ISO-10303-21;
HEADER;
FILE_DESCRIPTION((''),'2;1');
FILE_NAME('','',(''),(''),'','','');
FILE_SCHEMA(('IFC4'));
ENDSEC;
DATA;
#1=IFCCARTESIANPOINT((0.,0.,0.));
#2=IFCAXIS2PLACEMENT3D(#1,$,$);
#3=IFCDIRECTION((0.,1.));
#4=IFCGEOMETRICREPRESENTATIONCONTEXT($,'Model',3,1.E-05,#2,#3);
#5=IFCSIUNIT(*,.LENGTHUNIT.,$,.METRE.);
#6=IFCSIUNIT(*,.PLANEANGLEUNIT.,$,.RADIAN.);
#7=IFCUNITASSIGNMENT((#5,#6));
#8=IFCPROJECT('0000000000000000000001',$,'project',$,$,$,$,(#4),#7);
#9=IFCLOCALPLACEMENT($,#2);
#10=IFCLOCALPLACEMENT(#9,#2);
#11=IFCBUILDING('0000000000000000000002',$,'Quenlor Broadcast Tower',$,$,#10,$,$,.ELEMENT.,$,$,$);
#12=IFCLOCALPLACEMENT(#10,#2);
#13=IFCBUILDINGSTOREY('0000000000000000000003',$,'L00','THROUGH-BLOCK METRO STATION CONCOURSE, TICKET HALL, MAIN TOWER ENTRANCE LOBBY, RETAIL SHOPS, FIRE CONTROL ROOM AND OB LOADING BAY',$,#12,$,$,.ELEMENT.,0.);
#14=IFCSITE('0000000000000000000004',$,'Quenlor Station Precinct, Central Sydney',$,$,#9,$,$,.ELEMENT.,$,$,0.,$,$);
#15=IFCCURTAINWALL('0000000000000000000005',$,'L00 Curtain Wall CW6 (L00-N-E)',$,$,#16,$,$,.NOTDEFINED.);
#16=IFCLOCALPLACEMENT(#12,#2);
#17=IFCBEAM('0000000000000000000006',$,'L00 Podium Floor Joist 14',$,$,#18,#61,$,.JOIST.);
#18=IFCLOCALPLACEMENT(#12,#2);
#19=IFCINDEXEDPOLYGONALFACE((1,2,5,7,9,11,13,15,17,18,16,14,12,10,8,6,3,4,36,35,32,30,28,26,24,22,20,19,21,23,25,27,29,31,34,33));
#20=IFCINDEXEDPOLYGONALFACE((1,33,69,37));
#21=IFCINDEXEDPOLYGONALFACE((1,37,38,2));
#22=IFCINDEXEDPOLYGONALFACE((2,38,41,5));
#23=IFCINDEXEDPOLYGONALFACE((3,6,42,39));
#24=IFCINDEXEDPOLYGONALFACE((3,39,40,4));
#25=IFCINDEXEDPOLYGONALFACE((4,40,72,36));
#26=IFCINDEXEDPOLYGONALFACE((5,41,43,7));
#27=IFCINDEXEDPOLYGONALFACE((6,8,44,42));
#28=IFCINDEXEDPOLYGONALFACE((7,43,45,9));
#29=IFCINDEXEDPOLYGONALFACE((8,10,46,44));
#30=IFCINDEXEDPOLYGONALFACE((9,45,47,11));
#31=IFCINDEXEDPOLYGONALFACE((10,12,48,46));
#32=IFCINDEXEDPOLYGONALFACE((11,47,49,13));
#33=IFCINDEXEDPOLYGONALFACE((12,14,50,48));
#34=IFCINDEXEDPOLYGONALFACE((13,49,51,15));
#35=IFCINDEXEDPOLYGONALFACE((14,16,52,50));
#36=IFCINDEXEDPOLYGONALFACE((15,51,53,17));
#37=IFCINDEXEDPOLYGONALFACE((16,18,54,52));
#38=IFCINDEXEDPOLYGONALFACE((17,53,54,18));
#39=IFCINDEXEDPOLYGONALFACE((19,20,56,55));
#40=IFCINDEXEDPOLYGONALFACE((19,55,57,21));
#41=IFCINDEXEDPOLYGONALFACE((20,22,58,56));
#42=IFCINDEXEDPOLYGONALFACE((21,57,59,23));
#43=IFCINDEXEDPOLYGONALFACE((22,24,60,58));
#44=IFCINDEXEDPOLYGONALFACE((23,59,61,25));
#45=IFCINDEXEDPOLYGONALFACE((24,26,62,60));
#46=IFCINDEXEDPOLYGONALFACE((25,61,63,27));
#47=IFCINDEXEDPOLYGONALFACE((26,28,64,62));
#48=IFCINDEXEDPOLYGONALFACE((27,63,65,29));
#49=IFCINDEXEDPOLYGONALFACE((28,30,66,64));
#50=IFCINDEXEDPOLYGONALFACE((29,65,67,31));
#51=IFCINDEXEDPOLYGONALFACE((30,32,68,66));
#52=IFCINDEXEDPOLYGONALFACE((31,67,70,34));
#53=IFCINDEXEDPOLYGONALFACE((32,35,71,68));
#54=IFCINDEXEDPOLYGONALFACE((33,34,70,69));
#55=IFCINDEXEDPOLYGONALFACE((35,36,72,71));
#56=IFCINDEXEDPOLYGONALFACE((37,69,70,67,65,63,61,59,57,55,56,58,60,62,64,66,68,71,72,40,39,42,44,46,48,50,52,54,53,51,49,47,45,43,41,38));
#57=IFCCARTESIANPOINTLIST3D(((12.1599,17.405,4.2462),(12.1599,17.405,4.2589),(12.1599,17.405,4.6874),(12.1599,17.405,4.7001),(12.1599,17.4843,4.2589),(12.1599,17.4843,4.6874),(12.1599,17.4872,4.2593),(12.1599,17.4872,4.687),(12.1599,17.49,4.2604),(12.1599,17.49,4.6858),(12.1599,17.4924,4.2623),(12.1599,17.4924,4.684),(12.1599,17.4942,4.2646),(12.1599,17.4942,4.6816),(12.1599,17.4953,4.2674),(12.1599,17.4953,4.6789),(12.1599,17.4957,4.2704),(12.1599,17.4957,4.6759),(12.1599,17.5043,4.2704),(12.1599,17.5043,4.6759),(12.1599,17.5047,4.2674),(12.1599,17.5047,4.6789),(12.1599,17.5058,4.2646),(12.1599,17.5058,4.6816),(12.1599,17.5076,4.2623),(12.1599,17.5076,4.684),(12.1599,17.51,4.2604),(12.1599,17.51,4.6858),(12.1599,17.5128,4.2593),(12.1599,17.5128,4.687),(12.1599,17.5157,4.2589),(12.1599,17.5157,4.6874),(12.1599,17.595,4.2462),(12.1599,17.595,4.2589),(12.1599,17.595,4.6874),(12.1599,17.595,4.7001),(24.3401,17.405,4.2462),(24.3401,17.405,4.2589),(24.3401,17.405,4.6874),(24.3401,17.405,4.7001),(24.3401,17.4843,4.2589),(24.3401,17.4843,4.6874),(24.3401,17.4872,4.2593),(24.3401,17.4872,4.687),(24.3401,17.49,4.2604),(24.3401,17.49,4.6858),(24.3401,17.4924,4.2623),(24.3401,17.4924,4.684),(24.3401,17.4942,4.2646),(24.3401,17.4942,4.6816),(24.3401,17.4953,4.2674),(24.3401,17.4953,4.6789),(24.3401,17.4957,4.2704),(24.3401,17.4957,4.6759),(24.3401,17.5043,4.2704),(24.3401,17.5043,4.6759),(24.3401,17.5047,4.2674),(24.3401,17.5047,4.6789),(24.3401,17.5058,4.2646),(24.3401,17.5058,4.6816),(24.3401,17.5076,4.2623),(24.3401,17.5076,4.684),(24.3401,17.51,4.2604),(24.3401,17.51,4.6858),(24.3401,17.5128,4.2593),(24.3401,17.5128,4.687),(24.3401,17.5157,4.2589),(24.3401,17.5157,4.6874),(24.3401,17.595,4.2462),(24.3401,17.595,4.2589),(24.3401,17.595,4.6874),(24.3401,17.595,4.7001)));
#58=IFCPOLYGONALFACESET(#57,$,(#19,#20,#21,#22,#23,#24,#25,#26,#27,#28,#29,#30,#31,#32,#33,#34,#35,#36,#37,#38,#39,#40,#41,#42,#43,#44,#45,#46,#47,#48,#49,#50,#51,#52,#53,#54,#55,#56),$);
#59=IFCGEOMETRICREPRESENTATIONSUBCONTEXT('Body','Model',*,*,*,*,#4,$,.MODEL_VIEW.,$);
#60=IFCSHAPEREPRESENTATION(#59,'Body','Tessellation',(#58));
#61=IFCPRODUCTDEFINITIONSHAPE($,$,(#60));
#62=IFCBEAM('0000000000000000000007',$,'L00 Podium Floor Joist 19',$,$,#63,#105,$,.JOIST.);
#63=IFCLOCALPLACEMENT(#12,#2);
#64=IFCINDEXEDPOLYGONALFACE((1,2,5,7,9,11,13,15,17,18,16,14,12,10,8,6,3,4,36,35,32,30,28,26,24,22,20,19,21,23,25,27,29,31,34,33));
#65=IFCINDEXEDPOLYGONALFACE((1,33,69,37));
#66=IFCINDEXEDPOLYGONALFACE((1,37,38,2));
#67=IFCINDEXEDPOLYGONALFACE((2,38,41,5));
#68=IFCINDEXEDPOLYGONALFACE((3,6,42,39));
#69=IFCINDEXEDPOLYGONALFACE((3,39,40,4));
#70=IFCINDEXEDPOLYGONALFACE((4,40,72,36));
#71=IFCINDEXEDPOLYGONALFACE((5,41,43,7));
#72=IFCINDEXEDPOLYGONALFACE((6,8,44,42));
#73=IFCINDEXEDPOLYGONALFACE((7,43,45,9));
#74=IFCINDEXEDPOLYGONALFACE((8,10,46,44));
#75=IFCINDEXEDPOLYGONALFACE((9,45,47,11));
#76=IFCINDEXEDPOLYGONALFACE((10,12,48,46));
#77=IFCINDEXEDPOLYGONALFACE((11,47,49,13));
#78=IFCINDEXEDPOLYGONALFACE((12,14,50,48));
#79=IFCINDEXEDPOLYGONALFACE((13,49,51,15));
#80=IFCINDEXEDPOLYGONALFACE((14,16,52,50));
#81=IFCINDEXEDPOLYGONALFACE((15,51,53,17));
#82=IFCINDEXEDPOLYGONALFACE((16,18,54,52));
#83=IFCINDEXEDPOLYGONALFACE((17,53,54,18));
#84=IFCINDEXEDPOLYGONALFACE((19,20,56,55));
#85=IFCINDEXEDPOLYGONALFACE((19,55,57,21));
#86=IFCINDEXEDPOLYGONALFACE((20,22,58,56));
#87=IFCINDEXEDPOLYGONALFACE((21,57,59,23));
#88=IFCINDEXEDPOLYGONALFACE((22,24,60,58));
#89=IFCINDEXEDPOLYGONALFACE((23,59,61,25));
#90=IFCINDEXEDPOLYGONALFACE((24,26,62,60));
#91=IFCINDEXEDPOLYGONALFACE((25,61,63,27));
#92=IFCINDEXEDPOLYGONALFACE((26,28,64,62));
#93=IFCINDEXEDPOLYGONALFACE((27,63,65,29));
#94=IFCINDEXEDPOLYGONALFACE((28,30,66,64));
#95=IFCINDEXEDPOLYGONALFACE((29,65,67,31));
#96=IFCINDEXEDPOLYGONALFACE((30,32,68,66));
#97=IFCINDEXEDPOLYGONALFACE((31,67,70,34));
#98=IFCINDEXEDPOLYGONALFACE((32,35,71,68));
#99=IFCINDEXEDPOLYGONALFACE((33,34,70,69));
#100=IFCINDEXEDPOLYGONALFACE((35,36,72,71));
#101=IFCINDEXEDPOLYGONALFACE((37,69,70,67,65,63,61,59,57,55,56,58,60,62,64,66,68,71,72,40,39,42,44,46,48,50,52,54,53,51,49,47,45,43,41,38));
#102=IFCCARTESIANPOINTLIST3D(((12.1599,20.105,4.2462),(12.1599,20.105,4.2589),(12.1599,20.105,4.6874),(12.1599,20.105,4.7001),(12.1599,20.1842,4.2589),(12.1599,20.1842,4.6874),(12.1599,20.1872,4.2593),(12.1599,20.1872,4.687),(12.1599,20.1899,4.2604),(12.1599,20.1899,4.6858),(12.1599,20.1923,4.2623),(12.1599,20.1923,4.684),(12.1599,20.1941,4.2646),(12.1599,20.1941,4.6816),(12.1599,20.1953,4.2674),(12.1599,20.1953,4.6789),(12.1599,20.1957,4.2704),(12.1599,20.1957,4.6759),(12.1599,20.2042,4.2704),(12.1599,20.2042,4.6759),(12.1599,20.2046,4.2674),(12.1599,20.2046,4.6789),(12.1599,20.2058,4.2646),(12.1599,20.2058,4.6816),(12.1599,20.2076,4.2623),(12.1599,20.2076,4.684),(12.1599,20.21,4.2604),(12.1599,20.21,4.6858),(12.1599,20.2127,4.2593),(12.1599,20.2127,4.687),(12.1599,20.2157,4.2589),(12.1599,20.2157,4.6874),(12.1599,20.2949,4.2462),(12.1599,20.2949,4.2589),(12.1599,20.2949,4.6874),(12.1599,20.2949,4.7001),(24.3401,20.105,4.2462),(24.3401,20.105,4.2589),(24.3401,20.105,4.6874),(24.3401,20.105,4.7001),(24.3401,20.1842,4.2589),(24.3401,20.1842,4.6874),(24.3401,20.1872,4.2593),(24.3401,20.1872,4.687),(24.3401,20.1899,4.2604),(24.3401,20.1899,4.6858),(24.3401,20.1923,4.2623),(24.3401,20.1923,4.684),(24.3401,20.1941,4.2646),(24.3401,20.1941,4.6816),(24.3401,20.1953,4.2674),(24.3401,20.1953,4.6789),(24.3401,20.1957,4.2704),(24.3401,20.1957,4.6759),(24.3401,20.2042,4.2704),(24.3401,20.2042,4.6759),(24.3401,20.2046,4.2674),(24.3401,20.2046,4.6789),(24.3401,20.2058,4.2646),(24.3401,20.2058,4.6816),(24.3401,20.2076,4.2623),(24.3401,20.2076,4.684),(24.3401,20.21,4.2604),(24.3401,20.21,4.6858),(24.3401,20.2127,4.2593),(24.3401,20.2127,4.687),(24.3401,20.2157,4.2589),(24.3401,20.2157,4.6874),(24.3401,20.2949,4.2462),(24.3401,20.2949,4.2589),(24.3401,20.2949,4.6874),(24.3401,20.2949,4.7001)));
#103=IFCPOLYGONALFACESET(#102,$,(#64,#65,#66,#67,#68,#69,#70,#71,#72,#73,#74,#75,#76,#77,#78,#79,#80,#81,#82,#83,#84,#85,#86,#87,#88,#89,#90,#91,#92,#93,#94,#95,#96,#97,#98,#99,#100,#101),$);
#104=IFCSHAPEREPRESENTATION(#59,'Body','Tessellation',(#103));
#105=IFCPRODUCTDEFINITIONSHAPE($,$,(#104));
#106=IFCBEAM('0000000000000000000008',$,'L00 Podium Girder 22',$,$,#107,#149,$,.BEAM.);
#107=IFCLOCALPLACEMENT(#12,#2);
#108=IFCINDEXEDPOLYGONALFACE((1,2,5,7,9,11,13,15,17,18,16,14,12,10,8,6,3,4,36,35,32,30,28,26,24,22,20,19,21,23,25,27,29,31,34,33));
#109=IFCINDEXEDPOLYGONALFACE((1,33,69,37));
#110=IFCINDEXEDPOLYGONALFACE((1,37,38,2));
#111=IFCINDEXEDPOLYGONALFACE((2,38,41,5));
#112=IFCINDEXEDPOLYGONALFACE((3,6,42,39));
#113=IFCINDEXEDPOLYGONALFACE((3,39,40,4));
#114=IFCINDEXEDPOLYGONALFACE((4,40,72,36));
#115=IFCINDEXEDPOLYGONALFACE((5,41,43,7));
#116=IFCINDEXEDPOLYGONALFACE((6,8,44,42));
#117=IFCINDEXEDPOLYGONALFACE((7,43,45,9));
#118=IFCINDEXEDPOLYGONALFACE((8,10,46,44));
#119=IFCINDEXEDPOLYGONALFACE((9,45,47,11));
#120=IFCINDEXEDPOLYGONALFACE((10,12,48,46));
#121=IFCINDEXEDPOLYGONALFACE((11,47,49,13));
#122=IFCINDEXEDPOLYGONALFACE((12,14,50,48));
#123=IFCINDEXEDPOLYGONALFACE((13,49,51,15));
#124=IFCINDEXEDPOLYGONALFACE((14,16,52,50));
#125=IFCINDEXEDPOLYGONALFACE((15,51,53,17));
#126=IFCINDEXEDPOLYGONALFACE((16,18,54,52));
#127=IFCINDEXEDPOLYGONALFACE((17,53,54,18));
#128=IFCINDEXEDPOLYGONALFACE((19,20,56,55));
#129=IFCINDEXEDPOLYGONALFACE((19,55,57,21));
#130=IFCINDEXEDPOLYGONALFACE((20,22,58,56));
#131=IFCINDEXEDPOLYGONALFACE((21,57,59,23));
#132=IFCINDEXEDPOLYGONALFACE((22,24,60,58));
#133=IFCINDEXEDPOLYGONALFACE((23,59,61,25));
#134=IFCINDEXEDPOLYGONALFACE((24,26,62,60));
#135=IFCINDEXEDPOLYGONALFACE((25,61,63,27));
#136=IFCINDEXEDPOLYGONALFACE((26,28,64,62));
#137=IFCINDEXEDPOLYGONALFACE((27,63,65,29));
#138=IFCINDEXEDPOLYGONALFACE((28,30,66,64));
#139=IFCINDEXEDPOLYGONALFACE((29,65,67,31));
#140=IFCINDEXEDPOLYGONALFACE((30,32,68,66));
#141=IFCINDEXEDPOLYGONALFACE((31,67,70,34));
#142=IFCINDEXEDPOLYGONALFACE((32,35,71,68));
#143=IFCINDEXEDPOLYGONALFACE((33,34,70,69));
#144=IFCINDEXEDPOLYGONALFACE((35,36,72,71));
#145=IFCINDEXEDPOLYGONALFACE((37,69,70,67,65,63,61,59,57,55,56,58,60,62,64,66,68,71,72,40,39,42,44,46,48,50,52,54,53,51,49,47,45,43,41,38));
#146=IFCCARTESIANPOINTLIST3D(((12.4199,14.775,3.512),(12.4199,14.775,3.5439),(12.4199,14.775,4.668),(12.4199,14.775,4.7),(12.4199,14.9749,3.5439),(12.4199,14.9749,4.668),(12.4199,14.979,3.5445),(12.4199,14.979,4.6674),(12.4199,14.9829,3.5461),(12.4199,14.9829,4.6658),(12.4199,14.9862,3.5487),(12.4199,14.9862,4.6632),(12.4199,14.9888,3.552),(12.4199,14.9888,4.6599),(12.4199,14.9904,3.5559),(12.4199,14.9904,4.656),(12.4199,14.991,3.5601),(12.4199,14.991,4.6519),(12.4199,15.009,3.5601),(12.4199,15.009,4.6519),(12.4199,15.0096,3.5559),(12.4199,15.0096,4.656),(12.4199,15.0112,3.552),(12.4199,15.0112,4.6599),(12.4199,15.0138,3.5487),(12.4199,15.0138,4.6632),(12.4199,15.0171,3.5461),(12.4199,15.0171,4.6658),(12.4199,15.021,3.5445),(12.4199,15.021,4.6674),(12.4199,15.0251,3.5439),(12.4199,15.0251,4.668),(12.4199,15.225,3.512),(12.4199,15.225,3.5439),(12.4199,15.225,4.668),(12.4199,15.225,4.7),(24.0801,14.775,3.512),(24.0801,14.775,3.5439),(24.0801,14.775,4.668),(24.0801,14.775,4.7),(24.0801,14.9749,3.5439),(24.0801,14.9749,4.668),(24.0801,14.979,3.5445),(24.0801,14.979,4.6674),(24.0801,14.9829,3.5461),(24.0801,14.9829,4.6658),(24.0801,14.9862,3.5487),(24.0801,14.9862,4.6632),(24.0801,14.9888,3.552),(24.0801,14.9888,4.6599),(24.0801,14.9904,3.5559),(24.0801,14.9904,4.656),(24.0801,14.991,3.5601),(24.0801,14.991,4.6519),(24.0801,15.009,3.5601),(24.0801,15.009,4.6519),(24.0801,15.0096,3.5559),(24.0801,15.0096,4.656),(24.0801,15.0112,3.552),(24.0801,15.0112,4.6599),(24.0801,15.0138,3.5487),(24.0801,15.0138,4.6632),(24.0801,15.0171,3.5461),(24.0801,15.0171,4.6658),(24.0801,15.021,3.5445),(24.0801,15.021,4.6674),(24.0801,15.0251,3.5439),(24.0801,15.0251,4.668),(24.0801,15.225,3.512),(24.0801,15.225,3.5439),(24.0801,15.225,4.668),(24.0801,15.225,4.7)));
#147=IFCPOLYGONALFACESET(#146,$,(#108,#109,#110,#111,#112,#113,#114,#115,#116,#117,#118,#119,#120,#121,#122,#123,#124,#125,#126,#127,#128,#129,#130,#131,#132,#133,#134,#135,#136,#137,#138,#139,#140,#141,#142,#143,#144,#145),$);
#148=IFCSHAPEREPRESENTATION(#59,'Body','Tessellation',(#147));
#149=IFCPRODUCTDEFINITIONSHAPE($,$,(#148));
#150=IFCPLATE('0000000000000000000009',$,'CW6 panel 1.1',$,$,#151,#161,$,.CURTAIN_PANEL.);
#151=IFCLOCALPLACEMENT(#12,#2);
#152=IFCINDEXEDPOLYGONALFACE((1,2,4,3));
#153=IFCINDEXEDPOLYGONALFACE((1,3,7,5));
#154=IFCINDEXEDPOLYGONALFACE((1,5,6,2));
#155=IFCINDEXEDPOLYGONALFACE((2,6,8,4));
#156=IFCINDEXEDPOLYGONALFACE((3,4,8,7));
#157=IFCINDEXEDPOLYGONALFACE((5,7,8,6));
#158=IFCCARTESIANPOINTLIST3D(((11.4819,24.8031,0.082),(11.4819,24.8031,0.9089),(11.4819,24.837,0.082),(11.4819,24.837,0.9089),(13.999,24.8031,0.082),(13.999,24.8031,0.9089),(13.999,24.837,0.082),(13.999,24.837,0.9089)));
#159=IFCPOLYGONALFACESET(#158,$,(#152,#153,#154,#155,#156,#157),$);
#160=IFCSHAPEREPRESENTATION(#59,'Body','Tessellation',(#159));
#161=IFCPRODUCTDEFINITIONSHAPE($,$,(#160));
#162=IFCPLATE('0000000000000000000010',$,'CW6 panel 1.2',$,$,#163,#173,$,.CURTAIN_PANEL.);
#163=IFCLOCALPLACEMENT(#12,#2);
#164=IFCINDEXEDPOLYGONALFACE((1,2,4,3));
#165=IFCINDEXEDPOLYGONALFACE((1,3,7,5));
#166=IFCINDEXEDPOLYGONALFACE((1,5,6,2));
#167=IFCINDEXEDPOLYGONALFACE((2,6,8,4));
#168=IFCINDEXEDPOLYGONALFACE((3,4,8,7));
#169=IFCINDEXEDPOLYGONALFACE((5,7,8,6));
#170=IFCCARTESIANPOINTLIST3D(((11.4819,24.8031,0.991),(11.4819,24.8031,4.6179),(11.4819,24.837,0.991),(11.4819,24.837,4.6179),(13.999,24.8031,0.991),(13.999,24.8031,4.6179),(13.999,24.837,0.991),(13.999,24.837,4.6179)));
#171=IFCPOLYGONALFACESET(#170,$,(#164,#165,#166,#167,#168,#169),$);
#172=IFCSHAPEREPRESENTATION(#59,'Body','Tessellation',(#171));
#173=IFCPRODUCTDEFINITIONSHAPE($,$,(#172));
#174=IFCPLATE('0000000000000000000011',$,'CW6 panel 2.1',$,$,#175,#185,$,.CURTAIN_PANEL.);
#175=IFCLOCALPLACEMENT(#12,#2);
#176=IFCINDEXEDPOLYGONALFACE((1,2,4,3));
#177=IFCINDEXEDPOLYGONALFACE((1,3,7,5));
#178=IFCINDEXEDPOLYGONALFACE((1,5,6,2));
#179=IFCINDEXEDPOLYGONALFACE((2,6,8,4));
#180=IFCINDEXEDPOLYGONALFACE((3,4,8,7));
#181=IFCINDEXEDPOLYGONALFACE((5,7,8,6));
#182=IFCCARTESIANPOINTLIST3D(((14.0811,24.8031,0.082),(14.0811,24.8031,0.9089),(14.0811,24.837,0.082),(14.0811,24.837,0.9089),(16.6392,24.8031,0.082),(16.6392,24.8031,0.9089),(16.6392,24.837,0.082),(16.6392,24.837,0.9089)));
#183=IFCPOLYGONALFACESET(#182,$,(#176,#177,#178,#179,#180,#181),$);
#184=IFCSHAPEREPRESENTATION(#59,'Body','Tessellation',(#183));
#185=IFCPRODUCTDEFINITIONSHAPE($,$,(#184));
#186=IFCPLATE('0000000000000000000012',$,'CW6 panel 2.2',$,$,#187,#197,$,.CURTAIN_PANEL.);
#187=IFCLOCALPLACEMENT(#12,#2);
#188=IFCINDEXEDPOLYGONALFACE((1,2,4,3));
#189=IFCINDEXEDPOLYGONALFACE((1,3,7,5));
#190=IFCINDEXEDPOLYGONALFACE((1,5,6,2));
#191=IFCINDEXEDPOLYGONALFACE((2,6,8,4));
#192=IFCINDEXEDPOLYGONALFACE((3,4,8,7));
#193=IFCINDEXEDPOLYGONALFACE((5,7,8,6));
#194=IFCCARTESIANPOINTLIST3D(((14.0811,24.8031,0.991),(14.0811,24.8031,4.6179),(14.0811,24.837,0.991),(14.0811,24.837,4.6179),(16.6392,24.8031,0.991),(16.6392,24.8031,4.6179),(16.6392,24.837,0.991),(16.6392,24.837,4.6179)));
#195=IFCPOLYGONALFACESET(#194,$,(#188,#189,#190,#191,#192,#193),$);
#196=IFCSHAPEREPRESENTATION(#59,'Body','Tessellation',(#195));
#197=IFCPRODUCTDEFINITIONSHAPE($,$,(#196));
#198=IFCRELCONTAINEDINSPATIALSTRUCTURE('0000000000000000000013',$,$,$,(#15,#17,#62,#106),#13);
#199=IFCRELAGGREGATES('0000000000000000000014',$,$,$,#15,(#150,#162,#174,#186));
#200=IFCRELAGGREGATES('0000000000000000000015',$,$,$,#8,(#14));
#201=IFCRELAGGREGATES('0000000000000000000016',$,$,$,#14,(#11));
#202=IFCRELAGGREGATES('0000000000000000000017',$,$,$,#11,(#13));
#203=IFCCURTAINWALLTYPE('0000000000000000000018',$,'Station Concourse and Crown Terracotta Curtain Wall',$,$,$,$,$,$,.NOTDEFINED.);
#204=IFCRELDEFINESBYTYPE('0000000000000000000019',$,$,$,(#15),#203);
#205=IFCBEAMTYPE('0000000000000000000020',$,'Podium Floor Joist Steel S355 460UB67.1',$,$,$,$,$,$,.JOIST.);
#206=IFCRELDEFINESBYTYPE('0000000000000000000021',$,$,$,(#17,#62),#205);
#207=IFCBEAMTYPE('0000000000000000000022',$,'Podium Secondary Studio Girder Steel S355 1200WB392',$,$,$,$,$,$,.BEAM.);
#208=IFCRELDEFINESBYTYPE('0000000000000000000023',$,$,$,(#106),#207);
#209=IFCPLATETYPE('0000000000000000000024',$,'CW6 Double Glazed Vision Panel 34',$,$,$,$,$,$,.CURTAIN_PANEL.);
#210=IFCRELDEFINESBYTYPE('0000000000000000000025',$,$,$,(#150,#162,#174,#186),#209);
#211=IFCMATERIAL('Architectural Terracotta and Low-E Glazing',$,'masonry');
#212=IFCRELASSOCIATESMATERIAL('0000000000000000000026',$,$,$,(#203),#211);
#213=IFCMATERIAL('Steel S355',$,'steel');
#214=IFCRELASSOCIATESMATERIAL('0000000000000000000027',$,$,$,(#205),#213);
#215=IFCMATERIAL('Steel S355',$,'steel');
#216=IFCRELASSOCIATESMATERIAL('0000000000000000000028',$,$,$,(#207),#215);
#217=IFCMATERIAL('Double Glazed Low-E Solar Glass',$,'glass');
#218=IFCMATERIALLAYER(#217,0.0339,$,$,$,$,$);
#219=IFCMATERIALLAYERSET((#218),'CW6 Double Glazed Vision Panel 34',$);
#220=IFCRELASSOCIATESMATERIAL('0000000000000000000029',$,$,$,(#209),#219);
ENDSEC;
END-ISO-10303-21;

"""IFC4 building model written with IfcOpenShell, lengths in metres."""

from ifc_helpers import new_model, si_unit, direction, frame, origin, origin_2d, place, context, subcontext, project, spatial, rectangle, i_section, extrude, material, layer, layer_set, material_profile, profile_set, type_object, element, aggregate, save


model = new_model("IFC4")

# Units and contexts
model_context = context("Model", 3, precision=1e-05, world=origin(), true_north=direction((0.0, 1.0)))
body_context = subcontext(model_context, "Body", "Model", "MODEL_VIEW")
ifc_project = project(units=[si_unit("LENGTHUNIT", "METRE"), si_unit("PLANEANGLEUNIT", "RADIAN")], contexts=[model_context])

# Site, building, storey
site_placement = place(None, origin())
site = spatial("IfcSite", under=ifc_project, at=site_placement, Name="Quenlor Station Precinct, Central Sydney", CompositionType="ELEMENT", RefElevation=0.0)
building_placement = place(site_placement, origin())
building = spatial("IfcBuilding", under=site, at=building_placement, Name="Quenlor Broadcast Tower", CompositionType="ELEMENT")
storey_placement = place(building_placement, origin())
storey = spatial("IfcBuildingStorey", under=building, at=storey_placement, Name="L00", Description="THROUGH-BLOCK METRO STATION CONCOURSE, TICKET HALL, MAIN TOWER ENTRANCE LOBBY, RETAIL SHOPS, FIRE CONTROL ROOM AND OB LOADING BAY", CompositionType="ELEMENT", Elevation=0.0)

# Curtain wall
ifc_material_1 = material(Name="Architectural Terracotta and Low-E Glazing", Category="masonry")
curtain_wall_type = type_object("IfcCurtainWallType", Name="Station Concourse and Crown Terracotta Curtain Wall", PredefinedType="NOTDEFINED", material=ifc_material_1)
curtain_wall_placement = place(storey_placement, origin())
curtain_wall = element("IfcCurtainWall", 1, at=curtain_wall_placement, inside=storey, type_object=curtain_wall_type, Name="L00 Curtain Wall CW6 (L00-N-E)", PredefinedType="NOTDEFINED")

# Beams
ifc_material_2 = material(Name="Steel S355", Category="steel")
ifc_material_profile_1 = material_profile(ifc_material_2, i_section(OverallWidth=0.1899, OverallDepth=0.4539, WebThickness=0.0085, FlangeThickness=0.0127, FilletRadius=0.0115, at=origin_2d()))
ifc_profile_set_1 = profile_set([ifc_material_profile_1], Name="Steel S355 460UB67.1")
beam_type_1 = type_object("IfcBeamType", Name="Podium Floor Joist Steel S355 460UB67.1", PredefinedType="JOIST", material=ifc_profile_set_1)
for number, where, z_axis, x_axis, name in (
    (2, (12.1599, 17.5, 4.4731), (1.0, 0.0, 0.0), (0.0, 1.0, 0.0), "L00 Podium Floor Joist 14"),
    (3, (12.1599, 20.2, 4.4731), (1.0, 0.0, 0.0), (0.0, 1.0, 0.0), "L00 Podium Floor Joist 19"),
):
    element("IfcBeam", number, at=place(storey_placement, frame(where, z_axis=z_axis, x_axis=x_axis)), inside=storey, type_object=beam_type_1, Name=name, PredefinedType="JOIST", context=body_context, shape_type="SweptSolid", body=[
        extrude(i_section(OverallWidth=0.1899, OverallDepth=0.4539, WebThickness=0.0085, FlangeThickness=0.0127, FilletRadius=0.0115, at=origin_2d()), origin(), (0.0, 0.0, 1.0), 12.1802),
    ])
ifc_material_3 = material(Name="Steel S355", Category="steel")
ifc_material_profile_2 = material_profile(ifc_material_3, i_section(OverallWidth=0.45, OverallDepth=1.188, WebThickness=0.0181, FlangeThickness=0.032, FilletRadius=0.0161, at=origin_2d()))
ifc_profile_set_2 = profile_set([ifc_material_profile_2], Name="Steel S355 1200WB392")
beam_type_2 = type_object("IfcBeamType", Name="Podium Secondary Studio Girder Steel S355 1200WB392", PredefinedType="BEAM", material=ifc_profile_set_2)
beam_1_placement = place(storey_placement, frame((12.4199, 15.0, 4.106), z_axis=(1.0, 0.0, 0.0), x_axis=(0.0, 1.0, 0.0)))
element("IfcBeam", 4, at=beam_1_placement, inside=storey, type_object=beam_type_2, Name="L00 Podium Girder 22", PredefinedType="BEAM", context=body_context, shape_type="SweptSolid", body=[
    extrude(i_section(OverallWidth=0.45, OverallDepth=1.188, WebThickness=0.0181, FlangeThickness=0.032, FilletRadius=0.0161, at=origin_2d()), origin(), (0.0, 0.0, 1.0), 11.6602),
])

# Plates
ifc_material_4 = material(Name="Double Glazed Low-E Solar Glass", Category="glass")
ifc_layer = layer(ifc_material_4, 0.0339)
ifc_layer_set = layer_set([ifc_layer], Name="CW6 Double Glazed Vision Panel 34")
plate_type = type_object("IfcPlateType", Name="CW6 Double Glazed Vision Panel 34", PredefinedType="CURTAIN_PANEL", material=ifc_layer_set)
plate_1_placement = place(storey_placement, frame((12.7405, 24.8201, 0.082), z_axis=(0.0, 0.0, 1.0), x_axis=(1.0, 0.0, 0.0)))
plate_1 = element("IfcPlate", 5, at=plate_1_placement, type_object=plate_type, Name="CW6 panel 1.1", PredefinedType="CURTAIN_PANEL", context=body_context, shape_type="SweptSolid", body=[
    extrude(rectangle(XDim=2.5171, YDim=0.0339, at=origin_2d()), origin(), (0.0, 0.0, 1.0), 0.8269),
])
plate_2_placement = place(storey_placement, frame((12.7405, 24.8201, 0.991), z_axis=(0.0, 0.0, 1.0), x_axis=(1.0, 0.0, 0.0)))
plate_2 = element("IfcPlate", 6, at=plate_2_placement, type_object=plate_type, Name="CW6 panel 1.2", PredefinedType="CURTAIN_PANEL", context=body_context, shape_type="SweptSolid", body=[
    extrude(rectangle(XDim=2.5171, YDim=0.0339, at=origin_2d()), origin(), (0.0, 0.0, 1.0), 3.627),
])
plate_3_placement = place(storey_placement, frame((15.3601, 24.8201, 0.082), z_axis=(0.0, 0.0, 1.0), x_axis=(1.0, 0.0, 0.0)))
plate_3 = element("IfcPlate", 7, at=plate_3_placement, type_object=plate_type, Name="CW6 panel 2.1", PredefinedType="CURTAIN_PANEL", context=body_context, shape_type="SweptSolid", body=[
    extrude(rectangle(XDim=2.5581, YDim=0.0339, at=origin_2d()), origin(), (0.0, 0.0, 1.0), 0.8269),
])
plate_4_placement = place(storey_placement, frame((15.3601, 24.8201, 0.991), z_axis=(0.0, 0.0, 1.0), x_axis=(1.0, 0.0, 0.0)))
plate_4 = element("IfcPlate", 8, at=plate_4_placement, type_object=plate_type, Name="CW6 panel 2.2", PredefinedType="CURTAIN_PANEL", context=body_context, shape_type="SweptSolid", body=[
    extrude(rectangle(XDim=2.5581, YDim=0.0339, at=origin_2d()), origin(), (0.0, 0.0, 1.0), 3.627),
])
aggregate(curtain_wall, [plate_1, plate_2, plate_3, plate_4])

save(model, "model.ifc")
